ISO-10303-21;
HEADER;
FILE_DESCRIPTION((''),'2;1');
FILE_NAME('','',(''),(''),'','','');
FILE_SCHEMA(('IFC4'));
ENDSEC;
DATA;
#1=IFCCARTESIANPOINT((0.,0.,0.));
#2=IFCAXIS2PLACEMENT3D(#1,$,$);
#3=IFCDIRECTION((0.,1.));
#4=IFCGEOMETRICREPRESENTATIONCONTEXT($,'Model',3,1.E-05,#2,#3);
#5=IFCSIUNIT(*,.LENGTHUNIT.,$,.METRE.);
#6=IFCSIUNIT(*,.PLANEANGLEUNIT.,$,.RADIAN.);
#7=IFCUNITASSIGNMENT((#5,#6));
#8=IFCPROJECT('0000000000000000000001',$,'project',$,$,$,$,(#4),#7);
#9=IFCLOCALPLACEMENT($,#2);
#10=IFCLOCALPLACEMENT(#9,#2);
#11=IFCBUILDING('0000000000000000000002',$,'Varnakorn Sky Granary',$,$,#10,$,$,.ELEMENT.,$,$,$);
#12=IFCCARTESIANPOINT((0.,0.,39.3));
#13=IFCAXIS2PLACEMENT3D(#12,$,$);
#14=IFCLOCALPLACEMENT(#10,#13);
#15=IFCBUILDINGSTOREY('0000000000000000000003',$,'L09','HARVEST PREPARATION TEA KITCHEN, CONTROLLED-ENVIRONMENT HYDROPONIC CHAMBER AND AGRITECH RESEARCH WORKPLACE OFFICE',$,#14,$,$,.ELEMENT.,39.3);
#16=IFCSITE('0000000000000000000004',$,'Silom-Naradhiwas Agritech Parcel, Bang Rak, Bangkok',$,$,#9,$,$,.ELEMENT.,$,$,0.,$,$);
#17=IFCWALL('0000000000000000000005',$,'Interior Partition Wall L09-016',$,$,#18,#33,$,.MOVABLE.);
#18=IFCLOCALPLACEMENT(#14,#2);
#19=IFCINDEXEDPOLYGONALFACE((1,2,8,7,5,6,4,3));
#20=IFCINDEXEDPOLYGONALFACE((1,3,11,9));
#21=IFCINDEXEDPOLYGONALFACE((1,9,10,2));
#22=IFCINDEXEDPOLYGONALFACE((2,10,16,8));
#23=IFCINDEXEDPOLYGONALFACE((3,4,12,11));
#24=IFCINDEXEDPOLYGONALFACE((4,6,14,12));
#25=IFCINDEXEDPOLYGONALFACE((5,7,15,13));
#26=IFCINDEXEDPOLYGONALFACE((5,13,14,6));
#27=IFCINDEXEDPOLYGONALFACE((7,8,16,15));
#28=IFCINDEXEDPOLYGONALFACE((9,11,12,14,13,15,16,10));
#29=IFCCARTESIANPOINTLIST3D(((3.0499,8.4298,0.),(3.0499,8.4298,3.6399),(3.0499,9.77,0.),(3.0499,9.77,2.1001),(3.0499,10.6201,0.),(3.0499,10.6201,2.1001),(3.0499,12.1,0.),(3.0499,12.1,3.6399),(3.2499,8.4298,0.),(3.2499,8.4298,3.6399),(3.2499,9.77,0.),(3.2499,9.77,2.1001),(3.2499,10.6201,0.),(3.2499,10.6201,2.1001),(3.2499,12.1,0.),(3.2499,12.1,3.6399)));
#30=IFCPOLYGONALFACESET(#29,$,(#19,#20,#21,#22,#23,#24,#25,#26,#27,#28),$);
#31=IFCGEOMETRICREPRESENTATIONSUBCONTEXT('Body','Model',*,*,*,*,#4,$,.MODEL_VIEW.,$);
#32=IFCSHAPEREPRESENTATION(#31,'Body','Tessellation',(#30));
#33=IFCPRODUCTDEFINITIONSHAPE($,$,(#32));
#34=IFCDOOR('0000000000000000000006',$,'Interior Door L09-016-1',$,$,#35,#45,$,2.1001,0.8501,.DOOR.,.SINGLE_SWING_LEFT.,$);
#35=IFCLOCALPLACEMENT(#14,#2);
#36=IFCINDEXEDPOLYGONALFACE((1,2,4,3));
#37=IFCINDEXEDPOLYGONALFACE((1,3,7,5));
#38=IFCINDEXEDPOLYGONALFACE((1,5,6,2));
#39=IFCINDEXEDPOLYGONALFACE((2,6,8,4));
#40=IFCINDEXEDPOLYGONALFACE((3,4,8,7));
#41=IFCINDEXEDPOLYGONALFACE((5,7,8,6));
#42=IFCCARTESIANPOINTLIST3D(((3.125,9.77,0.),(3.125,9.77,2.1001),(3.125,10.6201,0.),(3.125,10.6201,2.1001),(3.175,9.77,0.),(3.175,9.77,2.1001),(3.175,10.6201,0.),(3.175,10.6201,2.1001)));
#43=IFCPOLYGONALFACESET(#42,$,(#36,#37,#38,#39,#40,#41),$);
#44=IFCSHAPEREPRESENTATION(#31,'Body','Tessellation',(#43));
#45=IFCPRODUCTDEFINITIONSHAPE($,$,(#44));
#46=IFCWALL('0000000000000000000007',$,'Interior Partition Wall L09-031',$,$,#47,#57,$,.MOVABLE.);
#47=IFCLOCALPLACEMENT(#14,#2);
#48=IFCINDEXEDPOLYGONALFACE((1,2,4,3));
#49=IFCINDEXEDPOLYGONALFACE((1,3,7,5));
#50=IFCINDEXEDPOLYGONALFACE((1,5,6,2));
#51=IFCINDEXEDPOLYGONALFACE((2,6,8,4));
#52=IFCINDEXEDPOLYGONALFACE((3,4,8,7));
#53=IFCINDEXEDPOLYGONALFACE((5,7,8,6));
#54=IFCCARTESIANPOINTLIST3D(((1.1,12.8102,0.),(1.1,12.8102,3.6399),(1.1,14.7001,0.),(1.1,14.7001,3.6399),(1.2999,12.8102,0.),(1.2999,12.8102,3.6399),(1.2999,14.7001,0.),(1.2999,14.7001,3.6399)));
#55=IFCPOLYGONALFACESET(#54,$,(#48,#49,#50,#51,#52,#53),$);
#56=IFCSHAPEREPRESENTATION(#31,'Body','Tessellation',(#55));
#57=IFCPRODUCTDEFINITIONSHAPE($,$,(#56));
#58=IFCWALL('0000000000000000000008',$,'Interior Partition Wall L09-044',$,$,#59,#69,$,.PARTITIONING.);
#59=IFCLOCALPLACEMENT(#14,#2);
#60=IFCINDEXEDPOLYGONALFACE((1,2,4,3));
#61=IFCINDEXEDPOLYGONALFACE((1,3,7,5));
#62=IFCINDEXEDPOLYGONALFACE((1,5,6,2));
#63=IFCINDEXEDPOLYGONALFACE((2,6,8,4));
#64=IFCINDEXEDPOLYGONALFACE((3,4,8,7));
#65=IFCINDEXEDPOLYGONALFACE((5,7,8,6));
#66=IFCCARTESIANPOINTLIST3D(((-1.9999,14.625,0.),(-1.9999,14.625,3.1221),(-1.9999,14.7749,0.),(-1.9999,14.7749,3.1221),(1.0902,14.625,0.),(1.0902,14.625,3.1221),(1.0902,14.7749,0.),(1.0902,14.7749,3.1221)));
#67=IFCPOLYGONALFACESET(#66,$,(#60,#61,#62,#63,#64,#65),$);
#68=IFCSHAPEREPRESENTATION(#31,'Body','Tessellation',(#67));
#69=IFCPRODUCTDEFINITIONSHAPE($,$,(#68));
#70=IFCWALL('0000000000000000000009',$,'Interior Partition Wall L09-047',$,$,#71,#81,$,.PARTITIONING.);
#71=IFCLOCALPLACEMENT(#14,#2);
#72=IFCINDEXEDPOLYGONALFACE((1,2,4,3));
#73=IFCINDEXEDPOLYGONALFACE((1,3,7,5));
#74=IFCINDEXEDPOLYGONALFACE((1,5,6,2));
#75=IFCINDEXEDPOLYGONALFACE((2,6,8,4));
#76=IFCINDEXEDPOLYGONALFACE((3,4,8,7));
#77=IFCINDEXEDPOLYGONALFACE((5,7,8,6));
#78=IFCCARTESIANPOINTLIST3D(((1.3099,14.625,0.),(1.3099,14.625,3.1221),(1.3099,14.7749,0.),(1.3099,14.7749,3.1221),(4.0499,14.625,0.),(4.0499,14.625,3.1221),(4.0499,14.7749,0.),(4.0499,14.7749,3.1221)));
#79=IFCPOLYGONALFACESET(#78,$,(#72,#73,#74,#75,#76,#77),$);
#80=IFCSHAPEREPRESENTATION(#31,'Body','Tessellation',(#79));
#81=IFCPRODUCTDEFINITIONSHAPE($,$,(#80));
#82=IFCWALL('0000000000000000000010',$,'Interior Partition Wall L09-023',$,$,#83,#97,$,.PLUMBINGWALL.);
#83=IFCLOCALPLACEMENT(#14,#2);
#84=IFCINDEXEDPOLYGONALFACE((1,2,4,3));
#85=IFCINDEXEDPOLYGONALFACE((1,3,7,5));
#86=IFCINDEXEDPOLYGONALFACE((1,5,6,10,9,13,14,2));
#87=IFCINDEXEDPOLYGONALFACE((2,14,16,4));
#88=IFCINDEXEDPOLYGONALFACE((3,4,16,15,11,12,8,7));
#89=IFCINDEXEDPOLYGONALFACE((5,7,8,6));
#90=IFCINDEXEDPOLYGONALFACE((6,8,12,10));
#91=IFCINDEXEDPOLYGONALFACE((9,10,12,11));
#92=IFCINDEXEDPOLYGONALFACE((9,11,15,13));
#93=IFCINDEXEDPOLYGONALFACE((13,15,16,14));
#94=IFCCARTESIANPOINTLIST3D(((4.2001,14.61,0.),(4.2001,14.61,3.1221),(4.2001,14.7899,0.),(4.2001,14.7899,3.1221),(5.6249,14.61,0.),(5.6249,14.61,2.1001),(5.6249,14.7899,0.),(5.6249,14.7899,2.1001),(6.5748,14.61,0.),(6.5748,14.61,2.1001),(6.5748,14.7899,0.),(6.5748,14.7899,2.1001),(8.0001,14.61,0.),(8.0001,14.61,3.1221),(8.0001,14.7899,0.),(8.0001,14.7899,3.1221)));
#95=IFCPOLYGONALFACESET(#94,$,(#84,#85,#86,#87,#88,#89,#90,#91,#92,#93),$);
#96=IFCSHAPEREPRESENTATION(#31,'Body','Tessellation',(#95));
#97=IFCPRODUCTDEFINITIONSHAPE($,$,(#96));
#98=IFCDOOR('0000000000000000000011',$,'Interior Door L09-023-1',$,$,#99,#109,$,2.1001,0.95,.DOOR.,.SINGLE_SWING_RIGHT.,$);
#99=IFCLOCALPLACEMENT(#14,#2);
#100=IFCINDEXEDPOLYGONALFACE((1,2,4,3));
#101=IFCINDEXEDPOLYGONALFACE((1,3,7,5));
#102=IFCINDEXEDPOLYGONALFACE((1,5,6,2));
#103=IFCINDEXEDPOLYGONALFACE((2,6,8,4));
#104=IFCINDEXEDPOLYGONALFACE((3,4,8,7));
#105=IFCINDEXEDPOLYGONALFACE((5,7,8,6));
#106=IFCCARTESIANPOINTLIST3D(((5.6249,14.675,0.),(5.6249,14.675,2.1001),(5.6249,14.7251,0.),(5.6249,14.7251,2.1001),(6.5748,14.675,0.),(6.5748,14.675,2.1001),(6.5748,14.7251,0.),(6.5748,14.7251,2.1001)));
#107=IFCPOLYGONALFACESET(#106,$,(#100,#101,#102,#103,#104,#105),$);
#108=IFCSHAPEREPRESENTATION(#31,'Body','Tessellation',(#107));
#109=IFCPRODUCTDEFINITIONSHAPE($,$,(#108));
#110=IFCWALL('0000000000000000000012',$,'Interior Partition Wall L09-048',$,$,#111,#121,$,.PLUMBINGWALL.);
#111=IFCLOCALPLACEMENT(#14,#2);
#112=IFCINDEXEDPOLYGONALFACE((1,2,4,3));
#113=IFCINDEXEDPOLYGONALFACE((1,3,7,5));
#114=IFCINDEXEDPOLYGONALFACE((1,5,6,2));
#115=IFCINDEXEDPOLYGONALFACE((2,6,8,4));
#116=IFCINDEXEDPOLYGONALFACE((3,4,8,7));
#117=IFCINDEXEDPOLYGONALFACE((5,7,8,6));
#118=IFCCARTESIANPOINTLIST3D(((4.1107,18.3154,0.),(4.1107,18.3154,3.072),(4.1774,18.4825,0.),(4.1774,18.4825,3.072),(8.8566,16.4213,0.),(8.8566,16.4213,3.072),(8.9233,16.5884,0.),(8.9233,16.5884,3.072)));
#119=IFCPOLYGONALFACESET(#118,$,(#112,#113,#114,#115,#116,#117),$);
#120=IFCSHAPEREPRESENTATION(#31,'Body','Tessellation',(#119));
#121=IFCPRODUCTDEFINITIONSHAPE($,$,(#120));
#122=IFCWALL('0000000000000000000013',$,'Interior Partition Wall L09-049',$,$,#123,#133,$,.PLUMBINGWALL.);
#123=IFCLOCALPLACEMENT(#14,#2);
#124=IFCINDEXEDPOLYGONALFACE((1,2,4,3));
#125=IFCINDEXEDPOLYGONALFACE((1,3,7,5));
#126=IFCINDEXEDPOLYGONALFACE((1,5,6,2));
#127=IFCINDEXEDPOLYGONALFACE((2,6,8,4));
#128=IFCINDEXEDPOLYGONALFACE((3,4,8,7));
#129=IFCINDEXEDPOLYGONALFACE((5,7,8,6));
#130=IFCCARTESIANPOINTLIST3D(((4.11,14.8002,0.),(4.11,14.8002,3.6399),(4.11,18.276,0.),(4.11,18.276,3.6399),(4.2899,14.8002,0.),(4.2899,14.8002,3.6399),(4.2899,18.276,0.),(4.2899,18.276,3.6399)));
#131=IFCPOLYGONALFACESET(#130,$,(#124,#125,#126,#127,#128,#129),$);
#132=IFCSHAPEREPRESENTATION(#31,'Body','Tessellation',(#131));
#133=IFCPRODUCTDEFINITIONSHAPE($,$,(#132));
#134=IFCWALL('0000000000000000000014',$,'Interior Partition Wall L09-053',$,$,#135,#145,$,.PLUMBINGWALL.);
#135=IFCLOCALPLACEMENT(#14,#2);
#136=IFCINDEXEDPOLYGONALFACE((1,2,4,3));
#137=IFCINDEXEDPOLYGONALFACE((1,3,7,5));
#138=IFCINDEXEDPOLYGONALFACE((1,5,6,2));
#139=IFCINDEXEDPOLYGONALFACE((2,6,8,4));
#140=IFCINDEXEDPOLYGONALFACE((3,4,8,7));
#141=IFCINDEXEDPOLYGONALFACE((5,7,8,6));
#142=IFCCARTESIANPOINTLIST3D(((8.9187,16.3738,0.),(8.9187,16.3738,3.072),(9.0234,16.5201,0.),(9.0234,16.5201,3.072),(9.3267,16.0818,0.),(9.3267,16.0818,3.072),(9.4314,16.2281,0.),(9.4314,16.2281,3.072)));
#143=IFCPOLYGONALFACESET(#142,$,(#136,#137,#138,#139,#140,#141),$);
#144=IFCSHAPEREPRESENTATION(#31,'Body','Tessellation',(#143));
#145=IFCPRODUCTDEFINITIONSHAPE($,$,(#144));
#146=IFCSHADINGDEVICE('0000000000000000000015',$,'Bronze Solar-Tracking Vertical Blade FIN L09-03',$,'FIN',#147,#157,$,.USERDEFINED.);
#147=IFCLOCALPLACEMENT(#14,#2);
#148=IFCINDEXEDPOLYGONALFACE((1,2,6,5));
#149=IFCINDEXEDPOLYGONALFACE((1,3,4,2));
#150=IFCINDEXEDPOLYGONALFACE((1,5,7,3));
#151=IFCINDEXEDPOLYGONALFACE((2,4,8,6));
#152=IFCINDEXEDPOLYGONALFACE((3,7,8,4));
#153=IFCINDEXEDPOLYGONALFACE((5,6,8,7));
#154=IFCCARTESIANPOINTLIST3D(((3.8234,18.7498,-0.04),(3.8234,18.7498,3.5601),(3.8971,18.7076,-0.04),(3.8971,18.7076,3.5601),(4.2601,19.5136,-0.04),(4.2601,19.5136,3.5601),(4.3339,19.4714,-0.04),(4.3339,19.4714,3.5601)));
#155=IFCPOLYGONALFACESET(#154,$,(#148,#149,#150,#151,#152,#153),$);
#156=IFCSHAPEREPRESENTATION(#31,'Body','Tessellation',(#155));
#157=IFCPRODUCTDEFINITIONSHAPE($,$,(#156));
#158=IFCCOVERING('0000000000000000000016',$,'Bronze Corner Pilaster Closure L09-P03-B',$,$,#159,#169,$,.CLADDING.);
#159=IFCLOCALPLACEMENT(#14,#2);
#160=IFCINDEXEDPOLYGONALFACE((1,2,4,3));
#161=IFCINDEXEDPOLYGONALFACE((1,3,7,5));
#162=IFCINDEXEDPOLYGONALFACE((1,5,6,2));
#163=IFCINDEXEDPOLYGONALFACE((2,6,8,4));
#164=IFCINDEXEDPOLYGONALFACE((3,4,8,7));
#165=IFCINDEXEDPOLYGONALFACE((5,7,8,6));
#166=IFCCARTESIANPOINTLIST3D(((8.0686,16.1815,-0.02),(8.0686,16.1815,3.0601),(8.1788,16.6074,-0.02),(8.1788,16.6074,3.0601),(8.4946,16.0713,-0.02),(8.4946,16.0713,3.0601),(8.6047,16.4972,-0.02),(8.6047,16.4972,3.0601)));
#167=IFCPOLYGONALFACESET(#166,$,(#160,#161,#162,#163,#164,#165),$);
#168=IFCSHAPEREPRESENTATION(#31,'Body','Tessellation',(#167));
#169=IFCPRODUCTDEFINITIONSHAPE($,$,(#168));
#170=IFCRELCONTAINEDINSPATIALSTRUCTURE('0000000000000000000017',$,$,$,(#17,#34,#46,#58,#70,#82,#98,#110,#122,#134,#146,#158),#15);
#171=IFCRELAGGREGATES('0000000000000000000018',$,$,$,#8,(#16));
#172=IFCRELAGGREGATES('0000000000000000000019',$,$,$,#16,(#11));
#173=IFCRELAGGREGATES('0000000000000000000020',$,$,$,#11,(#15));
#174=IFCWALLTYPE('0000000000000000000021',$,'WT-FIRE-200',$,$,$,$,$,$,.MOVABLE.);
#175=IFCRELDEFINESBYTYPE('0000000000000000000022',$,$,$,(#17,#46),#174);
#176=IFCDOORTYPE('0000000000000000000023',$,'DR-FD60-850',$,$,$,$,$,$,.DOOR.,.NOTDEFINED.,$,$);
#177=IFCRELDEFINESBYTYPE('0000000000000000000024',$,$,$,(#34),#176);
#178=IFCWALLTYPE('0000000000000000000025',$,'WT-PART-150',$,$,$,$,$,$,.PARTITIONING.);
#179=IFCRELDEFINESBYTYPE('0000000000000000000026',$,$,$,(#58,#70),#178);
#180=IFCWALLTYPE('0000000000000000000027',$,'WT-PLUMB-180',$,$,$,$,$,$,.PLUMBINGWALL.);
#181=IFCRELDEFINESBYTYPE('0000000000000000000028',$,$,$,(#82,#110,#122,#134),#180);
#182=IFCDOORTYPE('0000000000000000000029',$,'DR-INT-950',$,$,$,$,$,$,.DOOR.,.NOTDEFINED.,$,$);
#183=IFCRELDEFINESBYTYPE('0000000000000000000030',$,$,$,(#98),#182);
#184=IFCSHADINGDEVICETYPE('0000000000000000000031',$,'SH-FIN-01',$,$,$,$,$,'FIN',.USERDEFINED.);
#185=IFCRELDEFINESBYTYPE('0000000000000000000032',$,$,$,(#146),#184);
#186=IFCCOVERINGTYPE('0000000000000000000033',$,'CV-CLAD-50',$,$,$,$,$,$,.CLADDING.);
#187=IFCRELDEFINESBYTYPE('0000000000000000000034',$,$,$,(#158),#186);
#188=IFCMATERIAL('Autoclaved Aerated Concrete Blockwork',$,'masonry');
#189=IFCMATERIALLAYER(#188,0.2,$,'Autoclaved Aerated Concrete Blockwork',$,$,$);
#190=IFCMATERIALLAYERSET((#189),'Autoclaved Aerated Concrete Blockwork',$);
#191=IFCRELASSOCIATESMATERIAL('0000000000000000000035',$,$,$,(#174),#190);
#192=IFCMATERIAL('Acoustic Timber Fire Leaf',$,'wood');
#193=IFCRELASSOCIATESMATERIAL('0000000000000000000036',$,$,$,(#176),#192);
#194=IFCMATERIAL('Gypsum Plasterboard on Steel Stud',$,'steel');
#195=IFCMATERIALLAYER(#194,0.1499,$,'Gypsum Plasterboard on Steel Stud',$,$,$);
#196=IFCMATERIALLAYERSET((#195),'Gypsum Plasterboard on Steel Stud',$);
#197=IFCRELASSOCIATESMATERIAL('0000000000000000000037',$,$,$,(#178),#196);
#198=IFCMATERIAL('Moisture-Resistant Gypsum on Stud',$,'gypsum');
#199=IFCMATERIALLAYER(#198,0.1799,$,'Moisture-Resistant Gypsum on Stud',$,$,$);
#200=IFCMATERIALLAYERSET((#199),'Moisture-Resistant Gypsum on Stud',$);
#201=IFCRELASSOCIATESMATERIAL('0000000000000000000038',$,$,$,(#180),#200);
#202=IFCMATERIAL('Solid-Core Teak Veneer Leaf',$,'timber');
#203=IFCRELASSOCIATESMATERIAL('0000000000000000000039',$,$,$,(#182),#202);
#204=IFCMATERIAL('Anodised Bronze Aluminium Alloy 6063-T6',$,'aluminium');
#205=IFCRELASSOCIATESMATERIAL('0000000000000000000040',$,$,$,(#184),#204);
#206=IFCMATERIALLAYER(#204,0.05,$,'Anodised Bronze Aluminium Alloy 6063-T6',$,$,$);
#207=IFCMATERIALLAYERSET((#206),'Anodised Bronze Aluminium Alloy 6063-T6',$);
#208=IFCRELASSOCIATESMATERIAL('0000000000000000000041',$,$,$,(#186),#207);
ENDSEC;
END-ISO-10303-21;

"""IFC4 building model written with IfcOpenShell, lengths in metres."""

from ifc_helpers import new_model, si_unit, direction, frame, frame_2d, origin, origin_2d, place, context, subcontext, project, spatial, rectangle, extrude, source, transform, mapped, material, layer, layer_set, type_object, type_shapes, element, fill, save


model = new_model("IFC4")

# Units and contexts
model_context = context("Model", 3, precision=1e-05, world=origin(), true_north=direction((0.0, 1.0)))
body_context = subcontext(model_context, "Body", "Model", "MODEL_VIEW")
ifc_project = project(units=[si_unit("LENGTHUNIT", "METRE"), si_unit("PLANEANGLEUNIT", "RADIAN")], contexts=[model_context])

# Site, building, storey
site_placement = place(None, origin())
site = spatial("IfcSite", under=ifc_project, at=site_placement, Name="Silom-Naradhiwas Agritech Parcel, Bang Rak, Bangkok", CompositionType="ELEMENT", RefElevation=0.0)
building_placement = place(site_placement, origin())
building = spatial("IfcBuilding", under=site, at=building_placement, Name="Varnakorn Sky Granary", CompositionType="ELEMENT")
storey_placement = place(building_placement, frame((0.0, 0.0, 39.3)))
storey = spatial("IfcBuildingStorey", under=building, at=storey_placement, Name="L09", Description="HARVEST PREPARATION TEA KITCHEN, CONTROLLED-ENVIRONMENT HYDROPONIC CHAMBER AND AGRITECH RESEARCH WORKPLACE OFFICE", CompositionType="ELEMENT", Elevation=39.3)

# Wall, opening, door
ifc_material_1 = material(Name="Autoclaved Aerated Concrete Blockwork", Category="masonry")
ifc_layer_1 = layer(ifc_material_1, 0.2, Name="Autoclaved Aerated Concrete Blockwork")
ifc_layer_set_1 = layer_set([ifc_layer_1], Name="Autoclaved Aerated Concrete Blockwork")
wall_type_1 = type_object("IfcWallType", Name="WT-FIRE-200", PredefinedType="MOVABLE", material=ifc_layer_set_1)
wall_1_placement = place(storey_placement, frame((3.1499, 8.4299, 0.0), z_axis=(0.0, 0.0, 1.0), x_axis=(0.0, 1.0, 0.0)))
wall_1 = element("IfcWall", 1, at=wall_1_placement, inside=storey, type_object=wall_type_1, Name="Interior Partition Wall L09-016", PredefinedType="MOVABLE", context=body_context, shape_type="SweptSolid", body=[
    extrude(rectangle(XDim=3.6702, YDim=0.2, at=frame_2d((1.835, 0.0))), origin(), (0.0, 0.0, 1.0), 3.6399),
])
opening_1_placement = place(wall_1_placement, frame((1.3401, 0.0, 0.0)))
opening_1 = element("IfcOpeningElement", 2, at=opening_1_placement, cuts=wall_1, PredefinedType="OPENING", context=body_context, shape_type="SweptSolid", body=[
    extrude(rectangle(XDim=0.8501, YDim=2.1001, at=frame_2d((0.425, 1.05))), frame((0.0, 0.1099, 0.0), z_axis=(0.0, -1.0, 0.0), x_axis=(1.0, 0.0, 0.0)), (0.0, 0.0, 1.0), 0.22),
])
ifc_material_2 = material(Name="Acoustic Timber Fire Leaf", Category="wood")
door_type_1 = type_object("IfcDoorType", Name="DR-FD60-850", OperationType="NOTDEFINED", PredefinedType="DOOR", material=ifc_material_2)
door_1_placement = place(opening_1_placement, origin())
door_1 = element("IfcDoor", 3, at=door_1_placement, inside=storey, type_object=door_type_1, Name="Interior Door L09-016-1", OperationType="SINGLE_SWING_LEFT", OverallHeight=2.1001, OverallWidth=0.8501, PredefinedType="DOOR", context=body_context, shape_type="SweptSolid", body=[
    extrude(rectangle(XDim=0.8501, YDim=2.1001, at=frame_2d((0.425, 1.05))), frame((0.0, 0.0249, 0.0), z_axis=(0.0, -1.0, 0.0), x_axis=(1.0, 0.0, 0.0)), (0.0, 0.0, 1.0), 0.05),
])
fill(opening_1, door_1)

# Walls
wall_2_placement = place(storey_placement, frame((1.2, 14.7, 0.0), z_axis=(0.0, 0.0, 1.0), x_axis=(0.0, -1.0, 0.0)))
element("IfcWall", 4, at=wall_2_placement, inside=storey, type_object=wall_type_1, Name="Interior Partition Wall L09-031", PredefinedType="MOVABLE", context=body_context, shape_type="SweptSolid", body=[
    extrude(rectangle(XDim=1.8899, YDim=0.2, at=frame_2d((0.9448, 0.0))), origin(), (0.0, 0.0, 1.0), 3.6399),
])
ifc_material_3 = material(Name="Gypsum Plasterboard on Steel Stud", Category="steel")
ifc_layer_2 = layer(ifc_material_3, 0.1499, Name="Gypsum Plasterboard on Steel Stud")
ifc_layer_set_2 = layer_set([ifc_layer_2], Name="Gypsum Plasterboard on Steel Stud")
wall_type_2 = type_object("IfcWallType", Name="WT-PART-150", PredefinedType="PARTITIONING", material=ifc_layer_set_2)
wall_3_placement = place(storey_placement, frame((1.0901, 14.7, 0.0), z_axis=(0.0, 0.0, 1.0), x_axis=(-1.0, 0.0, 0.0)))
element("IfcWall", 5, at=wall_3_placement, inside=storey, type_object=wall_type_2, Name="Interior Partition Wall L09-044", PredefinedType="PARTITIONING", context=body_context, shape_type="SweptSolid", body=[
    extrude(rectangle(XDim=3.0901, YDim=0.1499, at=frame_2d((1.5449, 0.0))), origin(), (0.0, 0.0, 1.0), 3.1221),
])
wall_4_placement = place(storey_placement, frame((4.05, 14.7, 0.0), z_axis=(0.0, 0.0, 1.0), x_axis=(-1.0, 0.0, 0.0)))
element("IfcWall", 6, at=wall_4_placement, inside=storey, type_object=wall_type_2, Name="Interior Partition Wall L09-047", PredefinedType="PARTITIONING", context=body_context, shape_type="SweptSolid", body=[
    extrude(rectangle(XDim=2.74, YDim=0.1499, at=frame_2d((1.3701, 0.0))), origin(), (0.0, 0.0, 1.0), 3.1221),
])

# Wall, opening, door
ifc_material_4 = material(Name="Moisture-Resistant Gypsum on Stud", Category="gypsum")
ifc_layer_3 = layer(ifc_material_4, 0.1799, Name="Moisture-Resistant Gypsum on Stud")
ifc_layer_set_3 = layer_set([ifc_layer_3], Name="Moisture-Resistant Gypsum on Stud")
wall_type_3 = type_object("IfcWallType", Name="WT-PLUMB-180", PredefinedType="PLUMBINGWALL", material=ifc_layer_set_3)
wall_5_placement = place(storey_placement, frame((8.0, 14.7, 0.0), z_axis=(0.0, 0.0, 1.0), x_axis=(-1.0, 0.0, 0.0)))
wall_5 = element("IfcWall", 7, at=wall_5_placement, inside=storey, type_object=wall_type_3, Name="Interior Partition Wall L09-023", PredefinedType="PLUMBINGWALL", context=body_context, shape_type="SweptSolid", body=[
    extrude(rectangle(XDim=3.8, YDim=0.1799, at=frame_2d((1.8999, 0.0))), origin(), (0.0, 0.0, 1.0), 3.1221),
])
opening_2_placement = place(wall_5_placement, frame((1.425, 0.0, 0.0)))
opening_2 = element("IfcOpeningElement", 8, at=opening_2_placement, cuts=wall_5, PredefinedType="OPENING", context=body_context, shape_type="SweptSolid", body=[
    extrude(rectangle(XDim=0.95, YDim=2.1001, at=frame_2d((0.4751, 1.05))), frame((0.0, 0.1001, 0.0), z_axis=(0.0, -1.0, 0.0), x_axis=(1.0, 0.0, 0.0)), (0.0, 0.0, 1.0), 0.2),
])
ifc_material_5 = material(Name="Solid-Core Teak Veneer Leaf", Category="timber")
door_type_2 = type_object("IfcDoorType", Name="DR-INT-950", OperationType="NOTDEFINED", PredefinedType="DOOR", material=ifc_material_5)
door_2_placement = place(opening_2_placement, origin())
door_2 = element("IfcDoor", 9, at=door_2_placement, inside=storey, type_object=door_type_2, Name="Interior Door L09-023-1", OperationType="SINGLE_SWING_RIGHT", OverallHeight=2.1001, OverallWidth=0.95, PredefinedType="DOOR", context=body_context, shape_type="SweptSolid", body=[
    extrude(rectangle(XDim=0.95, YDim=2.1001, at=frame_2d((0.4751, 1.05))), frame((0.0, 0.0249, 0.0), z_axis=(0.0, -1.0, 0.0), x_axis=(1.0, 0.0, 0.0)), (0.0, 0.0, 1.0), 0.05),
])
fill(opening_2, door_2)

# Walls
wall_6_placement = place(storey_placement, frame((4.144, 18.3989, 0.0), z_axis=(0.0, 0.0, 1.0), x_axis=(0.928766, -0.370666, 0.0)))
element("IfcWall", 10, at=wall_6_placement, inside=storey, type_object=wall_type_3, Name="Interior Partition Wall L09-048", PredefinedType="PLUMBINGWALL", context=body_context, shape_type="SweptSolid", body=[
    extrude(rectangle(XDim=5.1099, YDim=0.1799, at=frame_2d((2.5549, 0.0))), origin(), (0.0, 0.0, 1.0), 3.072),
])
wall_7_placement = place(storey_placement, frame((4.2, 18.2759, 0.0), z_axis=(0.0, 0.0, 1.0), x_axis=(0.0, -1.0, 0.0)))
element("IfcWall", 11, at=wall_7_placement, inside=storey, type_object=wall_type_3, Name="Interior Partition Wall L09-049", PredefinedType="PLUMBINGWALL", context=body_context, shape_type="SweptSolid", body=[
    extrude(rectangle(XDim=3.4758, YDim=0.1799, at=frame_2d((1.7378, 0.0))), origin(), (0.0, 0.0, 1.0), 3.6399),
])
wall_8_placement = place(storey_placement, frame((8.9709, 16.447, 0.0), z_axis=(0.0, 0.0, 1.0), x_axis=(0.813174, -0.58202, 0.0)))
element("IfcWall", 12, at=wall_8_placement, inside=storey, type_object=wall_type_3, Name="Interior Partition Wall L09-053", PredefinedType="PLUMBINGWALL", context=body_context, shape_type="SweptSolid", body=[
    extrude(rectangle(XDim=0.5017, YDim=0.1799, at=frame_2d((0.251, 0.0))), origin(), (0.0, 0.0, 1.0), 3.072),
])

# Shading device
ifc_material_6 = material(Name="Anodised Bronze Aluminium Alloy 6063-T6", Category="aluminium")
shading_device_type = type_object("IfcShadingDeviceType", Name="SH-FIN-01", ElementType="FIN", PredefinedType="USERDEFINED", material=ifc_material_6)
shared_shape_1 = source(origin(), body_context, "Body", "SweptSolid", [
    extrude(rectangle(XDim=0.085, YDim=0.8799, at=origin_2d()), origin(), (0.0, 0.0, 1.0), 3.6001),
])
type_shapes(shading_device_type, [shared_shape_1])
shading_device_placement = place(storey_placement, frame((4.0786, 19.1106, -0.04), z_axis=(0.0, 0.0, 1.0), x_axis=(-0.868108, 0.496375, 0.0)))
element("IfcShadingDevice", 13, at=shading_device_placement, inside=storey, type_object=shading_device_type, Name="Bronze Solar-Tracking Vertical Blade FIN L09-03", ObjectType="FIN", PredefinedType="USERDEFINED", context=body_context, shape_type="MappedRepresentation", body=[
    mapped(shared_shape_1, transform((0.0, 0.0, 0.0), x_axis=(1.0, 0.0, 0.0), y_axis=(0.0, 1.0, 0.0), z_axis=(0.0, 0.0, 1.0), scale=1.0)),
])

# Covering
ifc_layer_4 = layer(ifc_material_6, 0.05, Name="Anodised Bronze Aluminium Alloy 6063-T6")
ifc_layer_set_4 = layer_set([ifc_layer_4], Name="Anodised Bronze Aluminium Alloy 6063-T6")
covering_type = type_object("IfcCoveringType", Name="CV-CLAD-50", PredefinedType="CLADDING", material=ifc_layer_set_4)
shared_shape_2 = source(origin(), body_context, "Body", "SweptSolid", [
    extrude(rectangle(XDim=0.4399, YDim=0.4399, at=origin_2d()), origin(), (0.0, 0.0, 1.0), 3.0801),
])
type_shapes(covering_type, [shared_shape_2])
covering_placement = place(storey_placement, frame((8.3367, 16.3394, -0.02), z_axis=(0.0, 0.0, 1.0), x_axis=(0.968148, -0.25038, 0.0)))
element("IfcCovering", 14, at=covering_placement, inside=storey, type_object=covering_type, Name="Bronze Corner Pilaster Closure L09-P03-B", PredefinedType="CLADDING", context=body_context, shape_type="MappedRepresentation", body=[
    mapped(shared_shape_2, transform((0.0, 0.0, 0.0), x_axis=(1.0, 0.0, 0.0), y_axis=(0.0, 1.0, 0.0), z_axis=(0.0, 0.0, 1.0), scale=1.0)),
])

save(model, "model.ifc")
